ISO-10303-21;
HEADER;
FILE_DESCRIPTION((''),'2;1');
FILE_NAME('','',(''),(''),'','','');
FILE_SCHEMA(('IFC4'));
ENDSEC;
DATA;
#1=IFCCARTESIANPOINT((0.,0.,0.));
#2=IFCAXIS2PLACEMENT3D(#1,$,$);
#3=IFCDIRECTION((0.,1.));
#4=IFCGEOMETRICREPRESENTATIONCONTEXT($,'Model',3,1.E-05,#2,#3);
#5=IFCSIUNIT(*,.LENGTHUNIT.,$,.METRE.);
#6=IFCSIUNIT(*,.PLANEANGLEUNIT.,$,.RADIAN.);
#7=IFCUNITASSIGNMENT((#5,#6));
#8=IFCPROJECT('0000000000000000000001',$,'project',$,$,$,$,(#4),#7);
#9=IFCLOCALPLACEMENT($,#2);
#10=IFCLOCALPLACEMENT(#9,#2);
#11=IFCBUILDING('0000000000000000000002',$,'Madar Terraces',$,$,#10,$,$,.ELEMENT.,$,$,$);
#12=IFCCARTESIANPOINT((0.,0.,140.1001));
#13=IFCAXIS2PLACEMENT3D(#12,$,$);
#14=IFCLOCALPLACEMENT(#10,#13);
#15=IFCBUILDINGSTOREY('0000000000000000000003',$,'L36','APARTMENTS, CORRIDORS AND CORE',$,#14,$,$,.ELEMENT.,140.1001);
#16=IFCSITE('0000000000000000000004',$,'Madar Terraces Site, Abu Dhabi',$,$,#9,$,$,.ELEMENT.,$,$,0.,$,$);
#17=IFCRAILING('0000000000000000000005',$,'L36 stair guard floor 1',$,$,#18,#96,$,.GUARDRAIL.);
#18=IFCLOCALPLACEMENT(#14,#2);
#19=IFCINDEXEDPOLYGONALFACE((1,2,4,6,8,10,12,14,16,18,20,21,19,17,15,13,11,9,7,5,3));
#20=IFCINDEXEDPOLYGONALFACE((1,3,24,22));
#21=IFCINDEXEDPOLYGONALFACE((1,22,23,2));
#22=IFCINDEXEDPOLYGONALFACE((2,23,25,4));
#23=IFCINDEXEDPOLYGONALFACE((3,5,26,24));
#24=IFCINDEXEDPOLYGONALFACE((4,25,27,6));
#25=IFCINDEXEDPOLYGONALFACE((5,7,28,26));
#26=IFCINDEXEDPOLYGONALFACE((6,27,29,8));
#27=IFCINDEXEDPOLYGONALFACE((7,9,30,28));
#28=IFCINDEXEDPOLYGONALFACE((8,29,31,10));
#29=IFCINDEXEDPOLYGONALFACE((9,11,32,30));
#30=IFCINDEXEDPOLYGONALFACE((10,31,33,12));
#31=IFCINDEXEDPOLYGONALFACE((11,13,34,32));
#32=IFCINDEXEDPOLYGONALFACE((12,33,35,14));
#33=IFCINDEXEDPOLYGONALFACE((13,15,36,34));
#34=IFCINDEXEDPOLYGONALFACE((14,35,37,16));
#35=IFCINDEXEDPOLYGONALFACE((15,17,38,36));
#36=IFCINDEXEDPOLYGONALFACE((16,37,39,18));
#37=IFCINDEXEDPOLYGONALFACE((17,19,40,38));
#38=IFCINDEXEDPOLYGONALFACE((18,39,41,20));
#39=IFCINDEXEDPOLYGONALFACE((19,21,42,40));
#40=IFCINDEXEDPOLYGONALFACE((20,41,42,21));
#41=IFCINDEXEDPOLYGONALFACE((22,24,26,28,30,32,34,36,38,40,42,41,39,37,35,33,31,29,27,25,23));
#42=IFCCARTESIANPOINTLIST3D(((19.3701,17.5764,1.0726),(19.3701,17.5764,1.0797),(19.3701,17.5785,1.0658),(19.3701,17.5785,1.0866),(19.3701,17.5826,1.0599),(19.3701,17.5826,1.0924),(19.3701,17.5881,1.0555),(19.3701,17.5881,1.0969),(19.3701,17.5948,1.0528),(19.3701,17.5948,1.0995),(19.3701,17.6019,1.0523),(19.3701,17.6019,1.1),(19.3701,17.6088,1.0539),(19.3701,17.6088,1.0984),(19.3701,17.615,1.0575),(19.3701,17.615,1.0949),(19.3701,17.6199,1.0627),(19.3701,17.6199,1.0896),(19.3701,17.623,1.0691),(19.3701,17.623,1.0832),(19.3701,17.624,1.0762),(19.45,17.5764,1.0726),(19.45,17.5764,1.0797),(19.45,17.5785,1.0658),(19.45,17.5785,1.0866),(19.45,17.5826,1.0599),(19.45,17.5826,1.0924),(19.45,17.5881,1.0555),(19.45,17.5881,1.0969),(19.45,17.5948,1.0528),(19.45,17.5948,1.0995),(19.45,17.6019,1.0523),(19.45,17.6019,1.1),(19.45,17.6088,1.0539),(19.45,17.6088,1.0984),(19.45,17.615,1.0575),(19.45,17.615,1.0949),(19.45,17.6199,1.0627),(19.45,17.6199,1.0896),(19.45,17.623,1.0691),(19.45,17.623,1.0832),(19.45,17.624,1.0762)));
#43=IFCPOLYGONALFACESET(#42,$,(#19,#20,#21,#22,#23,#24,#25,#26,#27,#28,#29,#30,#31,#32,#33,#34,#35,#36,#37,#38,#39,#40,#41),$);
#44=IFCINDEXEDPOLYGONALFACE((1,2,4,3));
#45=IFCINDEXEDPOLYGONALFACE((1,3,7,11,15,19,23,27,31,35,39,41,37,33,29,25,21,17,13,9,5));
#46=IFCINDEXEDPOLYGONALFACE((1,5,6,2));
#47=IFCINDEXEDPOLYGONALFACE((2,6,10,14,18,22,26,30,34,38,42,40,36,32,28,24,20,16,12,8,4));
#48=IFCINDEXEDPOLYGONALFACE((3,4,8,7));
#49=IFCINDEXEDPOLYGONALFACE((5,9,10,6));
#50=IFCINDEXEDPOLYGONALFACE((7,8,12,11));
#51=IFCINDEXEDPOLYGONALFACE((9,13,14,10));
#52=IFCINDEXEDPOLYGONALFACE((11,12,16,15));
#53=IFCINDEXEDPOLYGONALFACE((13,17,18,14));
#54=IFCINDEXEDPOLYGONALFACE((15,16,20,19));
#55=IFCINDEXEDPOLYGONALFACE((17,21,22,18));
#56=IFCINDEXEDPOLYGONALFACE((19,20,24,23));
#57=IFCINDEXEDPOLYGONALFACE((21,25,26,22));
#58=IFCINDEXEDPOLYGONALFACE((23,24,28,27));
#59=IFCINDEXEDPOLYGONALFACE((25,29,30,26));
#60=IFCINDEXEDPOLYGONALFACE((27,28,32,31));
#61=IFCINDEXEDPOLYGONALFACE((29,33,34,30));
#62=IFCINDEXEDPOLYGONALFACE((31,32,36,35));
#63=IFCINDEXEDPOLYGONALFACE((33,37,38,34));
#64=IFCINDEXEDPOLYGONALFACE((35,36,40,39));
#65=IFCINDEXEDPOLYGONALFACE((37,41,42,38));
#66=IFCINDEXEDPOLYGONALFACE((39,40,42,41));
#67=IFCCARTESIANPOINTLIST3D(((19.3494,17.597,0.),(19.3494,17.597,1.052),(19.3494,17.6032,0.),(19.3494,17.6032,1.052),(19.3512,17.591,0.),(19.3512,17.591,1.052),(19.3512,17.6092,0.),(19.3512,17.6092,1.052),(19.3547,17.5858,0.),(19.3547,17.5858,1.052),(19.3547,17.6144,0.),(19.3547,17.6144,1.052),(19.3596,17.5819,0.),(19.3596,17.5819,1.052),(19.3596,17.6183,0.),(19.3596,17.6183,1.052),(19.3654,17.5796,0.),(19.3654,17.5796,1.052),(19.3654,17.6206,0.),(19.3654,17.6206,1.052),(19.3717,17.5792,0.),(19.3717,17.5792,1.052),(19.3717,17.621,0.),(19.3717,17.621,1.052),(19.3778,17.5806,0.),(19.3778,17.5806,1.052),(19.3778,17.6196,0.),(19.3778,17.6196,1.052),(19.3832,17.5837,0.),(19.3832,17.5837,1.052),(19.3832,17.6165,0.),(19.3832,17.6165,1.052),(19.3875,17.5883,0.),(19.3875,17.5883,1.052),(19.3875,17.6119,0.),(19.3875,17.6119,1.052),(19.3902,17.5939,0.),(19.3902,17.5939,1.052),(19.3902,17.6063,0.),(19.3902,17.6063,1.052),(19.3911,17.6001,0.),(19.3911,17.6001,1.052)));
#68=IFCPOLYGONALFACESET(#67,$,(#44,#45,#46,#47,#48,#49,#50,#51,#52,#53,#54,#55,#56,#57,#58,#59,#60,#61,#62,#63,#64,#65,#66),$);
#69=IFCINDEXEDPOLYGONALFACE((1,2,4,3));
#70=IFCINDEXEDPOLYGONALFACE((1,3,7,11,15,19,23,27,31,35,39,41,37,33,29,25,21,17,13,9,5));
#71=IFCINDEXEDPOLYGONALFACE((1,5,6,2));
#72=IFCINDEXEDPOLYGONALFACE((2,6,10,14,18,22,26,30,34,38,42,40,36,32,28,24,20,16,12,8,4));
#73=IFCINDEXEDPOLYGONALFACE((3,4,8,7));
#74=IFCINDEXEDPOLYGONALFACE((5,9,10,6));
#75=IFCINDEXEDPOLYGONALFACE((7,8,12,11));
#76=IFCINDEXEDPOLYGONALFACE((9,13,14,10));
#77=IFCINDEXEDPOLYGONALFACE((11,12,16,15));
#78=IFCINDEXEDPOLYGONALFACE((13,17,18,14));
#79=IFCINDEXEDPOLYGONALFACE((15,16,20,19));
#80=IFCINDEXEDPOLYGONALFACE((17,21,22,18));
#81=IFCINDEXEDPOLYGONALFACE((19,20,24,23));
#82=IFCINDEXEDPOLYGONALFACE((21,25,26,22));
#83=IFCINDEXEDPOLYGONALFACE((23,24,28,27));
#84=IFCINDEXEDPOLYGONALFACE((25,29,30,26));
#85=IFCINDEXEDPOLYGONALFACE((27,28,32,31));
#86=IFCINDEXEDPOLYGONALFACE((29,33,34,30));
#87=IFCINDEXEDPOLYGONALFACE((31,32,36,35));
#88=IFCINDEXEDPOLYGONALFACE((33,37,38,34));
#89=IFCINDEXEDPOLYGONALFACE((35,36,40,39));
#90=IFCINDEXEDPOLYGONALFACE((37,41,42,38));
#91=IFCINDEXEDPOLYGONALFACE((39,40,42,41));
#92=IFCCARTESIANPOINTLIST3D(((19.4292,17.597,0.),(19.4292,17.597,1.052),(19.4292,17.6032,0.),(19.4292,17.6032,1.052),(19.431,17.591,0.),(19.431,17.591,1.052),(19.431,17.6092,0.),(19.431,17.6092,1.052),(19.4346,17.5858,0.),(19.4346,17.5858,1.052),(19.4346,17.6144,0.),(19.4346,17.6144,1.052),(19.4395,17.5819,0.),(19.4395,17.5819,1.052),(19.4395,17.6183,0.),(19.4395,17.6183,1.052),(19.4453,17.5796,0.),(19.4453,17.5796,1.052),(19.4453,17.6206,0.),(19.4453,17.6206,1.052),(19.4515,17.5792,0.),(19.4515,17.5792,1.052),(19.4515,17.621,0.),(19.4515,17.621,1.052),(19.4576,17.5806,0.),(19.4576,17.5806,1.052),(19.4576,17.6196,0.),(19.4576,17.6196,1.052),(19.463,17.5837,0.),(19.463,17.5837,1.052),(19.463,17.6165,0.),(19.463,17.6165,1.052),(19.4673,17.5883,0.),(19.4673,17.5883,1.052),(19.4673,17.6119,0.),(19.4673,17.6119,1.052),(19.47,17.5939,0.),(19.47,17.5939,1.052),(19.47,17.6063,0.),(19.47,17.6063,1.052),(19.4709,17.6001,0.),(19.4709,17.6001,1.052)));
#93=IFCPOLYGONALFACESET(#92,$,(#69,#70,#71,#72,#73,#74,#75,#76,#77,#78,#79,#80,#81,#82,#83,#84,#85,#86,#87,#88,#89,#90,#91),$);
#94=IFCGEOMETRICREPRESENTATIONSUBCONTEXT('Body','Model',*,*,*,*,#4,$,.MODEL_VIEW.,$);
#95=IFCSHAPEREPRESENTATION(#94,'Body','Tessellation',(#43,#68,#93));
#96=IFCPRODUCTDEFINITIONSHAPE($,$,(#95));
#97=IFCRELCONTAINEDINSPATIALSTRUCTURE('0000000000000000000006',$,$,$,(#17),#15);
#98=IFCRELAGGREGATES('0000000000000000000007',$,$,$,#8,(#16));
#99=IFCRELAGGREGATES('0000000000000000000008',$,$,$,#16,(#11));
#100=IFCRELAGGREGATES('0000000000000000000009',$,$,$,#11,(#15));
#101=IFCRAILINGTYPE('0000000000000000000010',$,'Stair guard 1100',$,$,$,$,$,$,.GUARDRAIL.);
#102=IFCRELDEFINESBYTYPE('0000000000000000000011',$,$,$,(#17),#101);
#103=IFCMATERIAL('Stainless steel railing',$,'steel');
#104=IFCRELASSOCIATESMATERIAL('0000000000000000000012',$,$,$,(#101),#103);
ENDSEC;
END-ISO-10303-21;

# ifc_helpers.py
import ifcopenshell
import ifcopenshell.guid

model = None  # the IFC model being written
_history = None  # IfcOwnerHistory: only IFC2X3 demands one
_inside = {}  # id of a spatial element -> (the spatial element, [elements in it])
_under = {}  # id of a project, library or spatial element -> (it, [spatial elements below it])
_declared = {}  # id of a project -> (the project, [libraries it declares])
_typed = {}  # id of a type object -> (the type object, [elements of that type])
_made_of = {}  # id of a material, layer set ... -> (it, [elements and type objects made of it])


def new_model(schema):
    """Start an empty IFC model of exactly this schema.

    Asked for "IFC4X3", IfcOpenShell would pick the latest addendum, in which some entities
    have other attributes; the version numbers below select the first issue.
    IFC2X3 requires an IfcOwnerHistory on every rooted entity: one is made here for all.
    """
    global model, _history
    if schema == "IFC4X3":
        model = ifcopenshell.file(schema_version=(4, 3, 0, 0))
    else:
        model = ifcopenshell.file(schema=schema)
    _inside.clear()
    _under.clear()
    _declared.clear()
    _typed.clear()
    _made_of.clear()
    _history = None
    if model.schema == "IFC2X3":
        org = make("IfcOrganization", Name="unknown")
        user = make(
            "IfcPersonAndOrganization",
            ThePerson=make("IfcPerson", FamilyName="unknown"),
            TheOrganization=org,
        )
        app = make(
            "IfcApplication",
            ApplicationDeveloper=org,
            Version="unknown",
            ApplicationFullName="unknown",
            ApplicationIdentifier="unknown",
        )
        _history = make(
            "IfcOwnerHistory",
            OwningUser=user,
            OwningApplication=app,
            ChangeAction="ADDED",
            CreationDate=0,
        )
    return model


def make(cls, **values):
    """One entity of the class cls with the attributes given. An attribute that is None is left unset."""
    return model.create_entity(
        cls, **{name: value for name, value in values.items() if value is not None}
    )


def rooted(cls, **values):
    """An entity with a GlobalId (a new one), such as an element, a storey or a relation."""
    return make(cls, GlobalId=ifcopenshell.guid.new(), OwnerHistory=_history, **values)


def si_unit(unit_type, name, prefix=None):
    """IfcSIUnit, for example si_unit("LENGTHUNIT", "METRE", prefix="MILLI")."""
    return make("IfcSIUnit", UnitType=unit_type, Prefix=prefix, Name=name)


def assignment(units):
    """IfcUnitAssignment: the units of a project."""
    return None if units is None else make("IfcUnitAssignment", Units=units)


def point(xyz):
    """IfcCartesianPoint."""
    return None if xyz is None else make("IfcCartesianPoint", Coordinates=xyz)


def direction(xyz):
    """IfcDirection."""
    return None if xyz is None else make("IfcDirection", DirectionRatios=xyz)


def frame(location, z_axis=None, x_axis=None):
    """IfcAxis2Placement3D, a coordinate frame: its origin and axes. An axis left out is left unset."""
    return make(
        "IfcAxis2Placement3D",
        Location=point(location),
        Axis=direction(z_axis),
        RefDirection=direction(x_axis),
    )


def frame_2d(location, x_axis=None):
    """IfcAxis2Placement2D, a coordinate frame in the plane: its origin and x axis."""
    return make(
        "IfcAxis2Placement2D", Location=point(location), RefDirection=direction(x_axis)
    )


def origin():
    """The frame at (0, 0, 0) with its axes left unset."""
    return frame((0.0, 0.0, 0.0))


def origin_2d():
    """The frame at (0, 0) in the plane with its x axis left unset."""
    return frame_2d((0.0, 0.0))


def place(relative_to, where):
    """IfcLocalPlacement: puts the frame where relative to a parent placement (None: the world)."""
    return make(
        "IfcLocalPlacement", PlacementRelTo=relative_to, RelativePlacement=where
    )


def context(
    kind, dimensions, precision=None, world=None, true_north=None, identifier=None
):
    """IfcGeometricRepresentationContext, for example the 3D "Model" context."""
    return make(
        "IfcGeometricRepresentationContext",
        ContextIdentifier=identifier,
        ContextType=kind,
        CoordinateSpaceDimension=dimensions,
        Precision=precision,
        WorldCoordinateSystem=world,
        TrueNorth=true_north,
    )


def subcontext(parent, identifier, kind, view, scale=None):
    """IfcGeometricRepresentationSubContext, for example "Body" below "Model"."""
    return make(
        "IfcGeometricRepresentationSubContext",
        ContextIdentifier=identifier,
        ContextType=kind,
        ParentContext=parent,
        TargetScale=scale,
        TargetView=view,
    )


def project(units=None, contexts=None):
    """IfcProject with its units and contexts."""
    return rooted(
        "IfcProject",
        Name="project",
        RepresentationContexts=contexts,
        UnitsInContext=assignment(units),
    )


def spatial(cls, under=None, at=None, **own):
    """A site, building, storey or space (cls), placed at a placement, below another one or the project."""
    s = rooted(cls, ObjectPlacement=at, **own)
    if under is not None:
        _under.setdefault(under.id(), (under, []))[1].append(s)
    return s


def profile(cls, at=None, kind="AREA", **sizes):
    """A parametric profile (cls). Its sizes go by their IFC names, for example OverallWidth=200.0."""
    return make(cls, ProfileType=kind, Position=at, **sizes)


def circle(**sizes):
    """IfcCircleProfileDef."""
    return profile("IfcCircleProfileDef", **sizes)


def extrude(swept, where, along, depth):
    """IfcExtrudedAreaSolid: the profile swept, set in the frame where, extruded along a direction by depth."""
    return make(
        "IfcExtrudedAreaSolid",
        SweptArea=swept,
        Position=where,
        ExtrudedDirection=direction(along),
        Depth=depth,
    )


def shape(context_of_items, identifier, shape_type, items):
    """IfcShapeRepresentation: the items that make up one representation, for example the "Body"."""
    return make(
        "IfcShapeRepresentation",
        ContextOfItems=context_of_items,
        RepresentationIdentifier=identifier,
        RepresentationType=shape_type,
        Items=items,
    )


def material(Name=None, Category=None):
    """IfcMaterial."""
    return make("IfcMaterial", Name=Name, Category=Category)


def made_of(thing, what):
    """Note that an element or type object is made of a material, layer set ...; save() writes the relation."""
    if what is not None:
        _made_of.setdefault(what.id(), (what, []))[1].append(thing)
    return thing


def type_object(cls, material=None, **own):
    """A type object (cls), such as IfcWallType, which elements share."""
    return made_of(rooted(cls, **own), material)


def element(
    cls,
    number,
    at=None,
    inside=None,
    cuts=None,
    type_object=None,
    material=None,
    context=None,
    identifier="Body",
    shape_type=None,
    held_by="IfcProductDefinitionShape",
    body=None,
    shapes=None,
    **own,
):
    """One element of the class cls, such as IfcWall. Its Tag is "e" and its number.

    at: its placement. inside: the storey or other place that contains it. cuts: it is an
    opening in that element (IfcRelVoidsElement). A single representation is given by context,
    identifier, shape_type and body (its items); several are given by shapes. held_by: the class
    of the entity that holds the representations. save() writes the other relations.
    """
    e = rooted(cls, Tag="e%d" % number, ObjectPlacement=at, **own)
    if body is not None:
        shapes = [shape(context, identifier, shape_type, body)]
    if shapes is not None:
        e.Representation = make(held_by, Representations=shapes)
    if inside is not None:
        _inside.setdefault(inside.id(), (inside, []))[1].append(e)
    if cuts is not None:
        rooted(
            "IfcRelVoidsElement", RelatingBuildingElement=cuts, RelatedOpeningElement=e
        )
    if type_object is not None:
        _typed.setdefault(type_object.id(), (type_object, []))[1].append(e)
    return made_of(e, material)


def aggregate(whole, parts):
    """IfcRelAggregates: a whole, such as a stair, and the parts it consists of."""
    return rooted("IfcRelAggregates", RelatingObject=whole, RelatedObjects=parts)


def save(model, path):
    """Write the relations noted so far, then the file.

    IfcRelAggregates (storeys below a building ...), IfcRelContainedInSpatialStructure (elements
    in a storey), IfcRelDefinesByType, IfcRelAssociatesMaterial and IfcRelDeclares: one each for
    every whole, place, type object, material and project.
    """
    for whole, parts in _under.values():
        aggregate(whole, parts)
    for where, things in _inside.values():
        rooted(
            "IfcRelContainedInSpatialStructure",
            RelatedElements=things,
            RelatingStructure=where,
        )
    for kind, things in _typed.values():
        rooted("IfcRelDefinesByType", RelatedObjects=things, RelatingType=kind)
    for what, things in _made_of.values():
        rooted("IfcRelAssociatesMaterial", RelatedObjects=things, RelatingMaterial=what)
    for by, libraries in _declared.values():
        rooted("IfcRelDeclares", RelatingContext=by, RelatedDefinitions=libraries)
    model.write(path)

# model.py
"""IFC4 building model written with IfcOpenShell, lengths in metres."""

from ifc_helpers import new_model, si_unit, direction, frame, origin, origin_2d, place, context, subcontext, project, spatial, circle, extrude, material, type_object, element, save


model = new_model("IFC4")

# Units and contexts
model_context = context("Model", 3, precision=1e-05, world=origin(), true_north=direction((0.0, 1.0)))
body_context = subcontext(model_context, "Body", "Model", "MODEL_VIEW")
ifc_project = project(units=[si_unit("LENGTHUNIT", "METRE"), si_unit("PLANEANGLEUNIT", "RADIAN")], contexts=[model_context])

# Site, building, storey
site_placement = place(None, origin())
site = spatial("IfcSite", under=ifc_project, at=site_placement, Name="Madar Terraces Site, Abu Dhabi", CompositionType="ELEMENT", RefElevation=0.0)
building_placement = place(site_placement, origin())
building = spatial("IfcBuilding", under=site, at=building_placement, Name="Madar Terraces", CompositionType="ELEMENT")
storey_placement = place(building_placement, frame((0.0, 0.0, 140.1001)))
storey = spatial("IfcBuildingStorey", under=building, at=storey_placement, Name="L36", Description="APARTMENTS, CORRIDORS AND CORE", CompositionType="ELEMENT", Elevation=140.1001)

# Railing
ifc_material_1 = material(Name="Stainless steel railing", Category="steel")
railing_type_1 = type_object("IfcRailingType", Name="Stair guard 1100", PredefinedType="GUARDRAIL", material=ifc_material_1)
for number, where, name in (
    (1, (19.3701, 17.6001, 0.0), "L36 stair guard floor 1"),
):
    element("IfcRailing", number, at=place(storey_placement, frame(where)), inside=storey, type_object=railing_type_1, Name=name, PredefinedType="GUARDRAIL", context=body_context, shape_type="SweptSolid", body=[
        extrude(circle(Radius=0.0239, at=origin_2d()), frame((0.0, 0.0, 1.0762), z_axis=(1.0, 0.0, 0.0), x_axis=(0.0, 1.0, 0.0)), (0.0, 0.0, 1.0), 0.0798),
        extrude(circle(Radius=0.021, at=origin_2d()), origin(), (0.0, 0.0, 1.0), 1.052),
        extrude(circle(Radius=0.021, at=origin_2d()), frame((0.0798, 0.0, 0.0)), (0.0, 0.0, 1.0), 1.052),
    ])

save(model, "model.ifc")
